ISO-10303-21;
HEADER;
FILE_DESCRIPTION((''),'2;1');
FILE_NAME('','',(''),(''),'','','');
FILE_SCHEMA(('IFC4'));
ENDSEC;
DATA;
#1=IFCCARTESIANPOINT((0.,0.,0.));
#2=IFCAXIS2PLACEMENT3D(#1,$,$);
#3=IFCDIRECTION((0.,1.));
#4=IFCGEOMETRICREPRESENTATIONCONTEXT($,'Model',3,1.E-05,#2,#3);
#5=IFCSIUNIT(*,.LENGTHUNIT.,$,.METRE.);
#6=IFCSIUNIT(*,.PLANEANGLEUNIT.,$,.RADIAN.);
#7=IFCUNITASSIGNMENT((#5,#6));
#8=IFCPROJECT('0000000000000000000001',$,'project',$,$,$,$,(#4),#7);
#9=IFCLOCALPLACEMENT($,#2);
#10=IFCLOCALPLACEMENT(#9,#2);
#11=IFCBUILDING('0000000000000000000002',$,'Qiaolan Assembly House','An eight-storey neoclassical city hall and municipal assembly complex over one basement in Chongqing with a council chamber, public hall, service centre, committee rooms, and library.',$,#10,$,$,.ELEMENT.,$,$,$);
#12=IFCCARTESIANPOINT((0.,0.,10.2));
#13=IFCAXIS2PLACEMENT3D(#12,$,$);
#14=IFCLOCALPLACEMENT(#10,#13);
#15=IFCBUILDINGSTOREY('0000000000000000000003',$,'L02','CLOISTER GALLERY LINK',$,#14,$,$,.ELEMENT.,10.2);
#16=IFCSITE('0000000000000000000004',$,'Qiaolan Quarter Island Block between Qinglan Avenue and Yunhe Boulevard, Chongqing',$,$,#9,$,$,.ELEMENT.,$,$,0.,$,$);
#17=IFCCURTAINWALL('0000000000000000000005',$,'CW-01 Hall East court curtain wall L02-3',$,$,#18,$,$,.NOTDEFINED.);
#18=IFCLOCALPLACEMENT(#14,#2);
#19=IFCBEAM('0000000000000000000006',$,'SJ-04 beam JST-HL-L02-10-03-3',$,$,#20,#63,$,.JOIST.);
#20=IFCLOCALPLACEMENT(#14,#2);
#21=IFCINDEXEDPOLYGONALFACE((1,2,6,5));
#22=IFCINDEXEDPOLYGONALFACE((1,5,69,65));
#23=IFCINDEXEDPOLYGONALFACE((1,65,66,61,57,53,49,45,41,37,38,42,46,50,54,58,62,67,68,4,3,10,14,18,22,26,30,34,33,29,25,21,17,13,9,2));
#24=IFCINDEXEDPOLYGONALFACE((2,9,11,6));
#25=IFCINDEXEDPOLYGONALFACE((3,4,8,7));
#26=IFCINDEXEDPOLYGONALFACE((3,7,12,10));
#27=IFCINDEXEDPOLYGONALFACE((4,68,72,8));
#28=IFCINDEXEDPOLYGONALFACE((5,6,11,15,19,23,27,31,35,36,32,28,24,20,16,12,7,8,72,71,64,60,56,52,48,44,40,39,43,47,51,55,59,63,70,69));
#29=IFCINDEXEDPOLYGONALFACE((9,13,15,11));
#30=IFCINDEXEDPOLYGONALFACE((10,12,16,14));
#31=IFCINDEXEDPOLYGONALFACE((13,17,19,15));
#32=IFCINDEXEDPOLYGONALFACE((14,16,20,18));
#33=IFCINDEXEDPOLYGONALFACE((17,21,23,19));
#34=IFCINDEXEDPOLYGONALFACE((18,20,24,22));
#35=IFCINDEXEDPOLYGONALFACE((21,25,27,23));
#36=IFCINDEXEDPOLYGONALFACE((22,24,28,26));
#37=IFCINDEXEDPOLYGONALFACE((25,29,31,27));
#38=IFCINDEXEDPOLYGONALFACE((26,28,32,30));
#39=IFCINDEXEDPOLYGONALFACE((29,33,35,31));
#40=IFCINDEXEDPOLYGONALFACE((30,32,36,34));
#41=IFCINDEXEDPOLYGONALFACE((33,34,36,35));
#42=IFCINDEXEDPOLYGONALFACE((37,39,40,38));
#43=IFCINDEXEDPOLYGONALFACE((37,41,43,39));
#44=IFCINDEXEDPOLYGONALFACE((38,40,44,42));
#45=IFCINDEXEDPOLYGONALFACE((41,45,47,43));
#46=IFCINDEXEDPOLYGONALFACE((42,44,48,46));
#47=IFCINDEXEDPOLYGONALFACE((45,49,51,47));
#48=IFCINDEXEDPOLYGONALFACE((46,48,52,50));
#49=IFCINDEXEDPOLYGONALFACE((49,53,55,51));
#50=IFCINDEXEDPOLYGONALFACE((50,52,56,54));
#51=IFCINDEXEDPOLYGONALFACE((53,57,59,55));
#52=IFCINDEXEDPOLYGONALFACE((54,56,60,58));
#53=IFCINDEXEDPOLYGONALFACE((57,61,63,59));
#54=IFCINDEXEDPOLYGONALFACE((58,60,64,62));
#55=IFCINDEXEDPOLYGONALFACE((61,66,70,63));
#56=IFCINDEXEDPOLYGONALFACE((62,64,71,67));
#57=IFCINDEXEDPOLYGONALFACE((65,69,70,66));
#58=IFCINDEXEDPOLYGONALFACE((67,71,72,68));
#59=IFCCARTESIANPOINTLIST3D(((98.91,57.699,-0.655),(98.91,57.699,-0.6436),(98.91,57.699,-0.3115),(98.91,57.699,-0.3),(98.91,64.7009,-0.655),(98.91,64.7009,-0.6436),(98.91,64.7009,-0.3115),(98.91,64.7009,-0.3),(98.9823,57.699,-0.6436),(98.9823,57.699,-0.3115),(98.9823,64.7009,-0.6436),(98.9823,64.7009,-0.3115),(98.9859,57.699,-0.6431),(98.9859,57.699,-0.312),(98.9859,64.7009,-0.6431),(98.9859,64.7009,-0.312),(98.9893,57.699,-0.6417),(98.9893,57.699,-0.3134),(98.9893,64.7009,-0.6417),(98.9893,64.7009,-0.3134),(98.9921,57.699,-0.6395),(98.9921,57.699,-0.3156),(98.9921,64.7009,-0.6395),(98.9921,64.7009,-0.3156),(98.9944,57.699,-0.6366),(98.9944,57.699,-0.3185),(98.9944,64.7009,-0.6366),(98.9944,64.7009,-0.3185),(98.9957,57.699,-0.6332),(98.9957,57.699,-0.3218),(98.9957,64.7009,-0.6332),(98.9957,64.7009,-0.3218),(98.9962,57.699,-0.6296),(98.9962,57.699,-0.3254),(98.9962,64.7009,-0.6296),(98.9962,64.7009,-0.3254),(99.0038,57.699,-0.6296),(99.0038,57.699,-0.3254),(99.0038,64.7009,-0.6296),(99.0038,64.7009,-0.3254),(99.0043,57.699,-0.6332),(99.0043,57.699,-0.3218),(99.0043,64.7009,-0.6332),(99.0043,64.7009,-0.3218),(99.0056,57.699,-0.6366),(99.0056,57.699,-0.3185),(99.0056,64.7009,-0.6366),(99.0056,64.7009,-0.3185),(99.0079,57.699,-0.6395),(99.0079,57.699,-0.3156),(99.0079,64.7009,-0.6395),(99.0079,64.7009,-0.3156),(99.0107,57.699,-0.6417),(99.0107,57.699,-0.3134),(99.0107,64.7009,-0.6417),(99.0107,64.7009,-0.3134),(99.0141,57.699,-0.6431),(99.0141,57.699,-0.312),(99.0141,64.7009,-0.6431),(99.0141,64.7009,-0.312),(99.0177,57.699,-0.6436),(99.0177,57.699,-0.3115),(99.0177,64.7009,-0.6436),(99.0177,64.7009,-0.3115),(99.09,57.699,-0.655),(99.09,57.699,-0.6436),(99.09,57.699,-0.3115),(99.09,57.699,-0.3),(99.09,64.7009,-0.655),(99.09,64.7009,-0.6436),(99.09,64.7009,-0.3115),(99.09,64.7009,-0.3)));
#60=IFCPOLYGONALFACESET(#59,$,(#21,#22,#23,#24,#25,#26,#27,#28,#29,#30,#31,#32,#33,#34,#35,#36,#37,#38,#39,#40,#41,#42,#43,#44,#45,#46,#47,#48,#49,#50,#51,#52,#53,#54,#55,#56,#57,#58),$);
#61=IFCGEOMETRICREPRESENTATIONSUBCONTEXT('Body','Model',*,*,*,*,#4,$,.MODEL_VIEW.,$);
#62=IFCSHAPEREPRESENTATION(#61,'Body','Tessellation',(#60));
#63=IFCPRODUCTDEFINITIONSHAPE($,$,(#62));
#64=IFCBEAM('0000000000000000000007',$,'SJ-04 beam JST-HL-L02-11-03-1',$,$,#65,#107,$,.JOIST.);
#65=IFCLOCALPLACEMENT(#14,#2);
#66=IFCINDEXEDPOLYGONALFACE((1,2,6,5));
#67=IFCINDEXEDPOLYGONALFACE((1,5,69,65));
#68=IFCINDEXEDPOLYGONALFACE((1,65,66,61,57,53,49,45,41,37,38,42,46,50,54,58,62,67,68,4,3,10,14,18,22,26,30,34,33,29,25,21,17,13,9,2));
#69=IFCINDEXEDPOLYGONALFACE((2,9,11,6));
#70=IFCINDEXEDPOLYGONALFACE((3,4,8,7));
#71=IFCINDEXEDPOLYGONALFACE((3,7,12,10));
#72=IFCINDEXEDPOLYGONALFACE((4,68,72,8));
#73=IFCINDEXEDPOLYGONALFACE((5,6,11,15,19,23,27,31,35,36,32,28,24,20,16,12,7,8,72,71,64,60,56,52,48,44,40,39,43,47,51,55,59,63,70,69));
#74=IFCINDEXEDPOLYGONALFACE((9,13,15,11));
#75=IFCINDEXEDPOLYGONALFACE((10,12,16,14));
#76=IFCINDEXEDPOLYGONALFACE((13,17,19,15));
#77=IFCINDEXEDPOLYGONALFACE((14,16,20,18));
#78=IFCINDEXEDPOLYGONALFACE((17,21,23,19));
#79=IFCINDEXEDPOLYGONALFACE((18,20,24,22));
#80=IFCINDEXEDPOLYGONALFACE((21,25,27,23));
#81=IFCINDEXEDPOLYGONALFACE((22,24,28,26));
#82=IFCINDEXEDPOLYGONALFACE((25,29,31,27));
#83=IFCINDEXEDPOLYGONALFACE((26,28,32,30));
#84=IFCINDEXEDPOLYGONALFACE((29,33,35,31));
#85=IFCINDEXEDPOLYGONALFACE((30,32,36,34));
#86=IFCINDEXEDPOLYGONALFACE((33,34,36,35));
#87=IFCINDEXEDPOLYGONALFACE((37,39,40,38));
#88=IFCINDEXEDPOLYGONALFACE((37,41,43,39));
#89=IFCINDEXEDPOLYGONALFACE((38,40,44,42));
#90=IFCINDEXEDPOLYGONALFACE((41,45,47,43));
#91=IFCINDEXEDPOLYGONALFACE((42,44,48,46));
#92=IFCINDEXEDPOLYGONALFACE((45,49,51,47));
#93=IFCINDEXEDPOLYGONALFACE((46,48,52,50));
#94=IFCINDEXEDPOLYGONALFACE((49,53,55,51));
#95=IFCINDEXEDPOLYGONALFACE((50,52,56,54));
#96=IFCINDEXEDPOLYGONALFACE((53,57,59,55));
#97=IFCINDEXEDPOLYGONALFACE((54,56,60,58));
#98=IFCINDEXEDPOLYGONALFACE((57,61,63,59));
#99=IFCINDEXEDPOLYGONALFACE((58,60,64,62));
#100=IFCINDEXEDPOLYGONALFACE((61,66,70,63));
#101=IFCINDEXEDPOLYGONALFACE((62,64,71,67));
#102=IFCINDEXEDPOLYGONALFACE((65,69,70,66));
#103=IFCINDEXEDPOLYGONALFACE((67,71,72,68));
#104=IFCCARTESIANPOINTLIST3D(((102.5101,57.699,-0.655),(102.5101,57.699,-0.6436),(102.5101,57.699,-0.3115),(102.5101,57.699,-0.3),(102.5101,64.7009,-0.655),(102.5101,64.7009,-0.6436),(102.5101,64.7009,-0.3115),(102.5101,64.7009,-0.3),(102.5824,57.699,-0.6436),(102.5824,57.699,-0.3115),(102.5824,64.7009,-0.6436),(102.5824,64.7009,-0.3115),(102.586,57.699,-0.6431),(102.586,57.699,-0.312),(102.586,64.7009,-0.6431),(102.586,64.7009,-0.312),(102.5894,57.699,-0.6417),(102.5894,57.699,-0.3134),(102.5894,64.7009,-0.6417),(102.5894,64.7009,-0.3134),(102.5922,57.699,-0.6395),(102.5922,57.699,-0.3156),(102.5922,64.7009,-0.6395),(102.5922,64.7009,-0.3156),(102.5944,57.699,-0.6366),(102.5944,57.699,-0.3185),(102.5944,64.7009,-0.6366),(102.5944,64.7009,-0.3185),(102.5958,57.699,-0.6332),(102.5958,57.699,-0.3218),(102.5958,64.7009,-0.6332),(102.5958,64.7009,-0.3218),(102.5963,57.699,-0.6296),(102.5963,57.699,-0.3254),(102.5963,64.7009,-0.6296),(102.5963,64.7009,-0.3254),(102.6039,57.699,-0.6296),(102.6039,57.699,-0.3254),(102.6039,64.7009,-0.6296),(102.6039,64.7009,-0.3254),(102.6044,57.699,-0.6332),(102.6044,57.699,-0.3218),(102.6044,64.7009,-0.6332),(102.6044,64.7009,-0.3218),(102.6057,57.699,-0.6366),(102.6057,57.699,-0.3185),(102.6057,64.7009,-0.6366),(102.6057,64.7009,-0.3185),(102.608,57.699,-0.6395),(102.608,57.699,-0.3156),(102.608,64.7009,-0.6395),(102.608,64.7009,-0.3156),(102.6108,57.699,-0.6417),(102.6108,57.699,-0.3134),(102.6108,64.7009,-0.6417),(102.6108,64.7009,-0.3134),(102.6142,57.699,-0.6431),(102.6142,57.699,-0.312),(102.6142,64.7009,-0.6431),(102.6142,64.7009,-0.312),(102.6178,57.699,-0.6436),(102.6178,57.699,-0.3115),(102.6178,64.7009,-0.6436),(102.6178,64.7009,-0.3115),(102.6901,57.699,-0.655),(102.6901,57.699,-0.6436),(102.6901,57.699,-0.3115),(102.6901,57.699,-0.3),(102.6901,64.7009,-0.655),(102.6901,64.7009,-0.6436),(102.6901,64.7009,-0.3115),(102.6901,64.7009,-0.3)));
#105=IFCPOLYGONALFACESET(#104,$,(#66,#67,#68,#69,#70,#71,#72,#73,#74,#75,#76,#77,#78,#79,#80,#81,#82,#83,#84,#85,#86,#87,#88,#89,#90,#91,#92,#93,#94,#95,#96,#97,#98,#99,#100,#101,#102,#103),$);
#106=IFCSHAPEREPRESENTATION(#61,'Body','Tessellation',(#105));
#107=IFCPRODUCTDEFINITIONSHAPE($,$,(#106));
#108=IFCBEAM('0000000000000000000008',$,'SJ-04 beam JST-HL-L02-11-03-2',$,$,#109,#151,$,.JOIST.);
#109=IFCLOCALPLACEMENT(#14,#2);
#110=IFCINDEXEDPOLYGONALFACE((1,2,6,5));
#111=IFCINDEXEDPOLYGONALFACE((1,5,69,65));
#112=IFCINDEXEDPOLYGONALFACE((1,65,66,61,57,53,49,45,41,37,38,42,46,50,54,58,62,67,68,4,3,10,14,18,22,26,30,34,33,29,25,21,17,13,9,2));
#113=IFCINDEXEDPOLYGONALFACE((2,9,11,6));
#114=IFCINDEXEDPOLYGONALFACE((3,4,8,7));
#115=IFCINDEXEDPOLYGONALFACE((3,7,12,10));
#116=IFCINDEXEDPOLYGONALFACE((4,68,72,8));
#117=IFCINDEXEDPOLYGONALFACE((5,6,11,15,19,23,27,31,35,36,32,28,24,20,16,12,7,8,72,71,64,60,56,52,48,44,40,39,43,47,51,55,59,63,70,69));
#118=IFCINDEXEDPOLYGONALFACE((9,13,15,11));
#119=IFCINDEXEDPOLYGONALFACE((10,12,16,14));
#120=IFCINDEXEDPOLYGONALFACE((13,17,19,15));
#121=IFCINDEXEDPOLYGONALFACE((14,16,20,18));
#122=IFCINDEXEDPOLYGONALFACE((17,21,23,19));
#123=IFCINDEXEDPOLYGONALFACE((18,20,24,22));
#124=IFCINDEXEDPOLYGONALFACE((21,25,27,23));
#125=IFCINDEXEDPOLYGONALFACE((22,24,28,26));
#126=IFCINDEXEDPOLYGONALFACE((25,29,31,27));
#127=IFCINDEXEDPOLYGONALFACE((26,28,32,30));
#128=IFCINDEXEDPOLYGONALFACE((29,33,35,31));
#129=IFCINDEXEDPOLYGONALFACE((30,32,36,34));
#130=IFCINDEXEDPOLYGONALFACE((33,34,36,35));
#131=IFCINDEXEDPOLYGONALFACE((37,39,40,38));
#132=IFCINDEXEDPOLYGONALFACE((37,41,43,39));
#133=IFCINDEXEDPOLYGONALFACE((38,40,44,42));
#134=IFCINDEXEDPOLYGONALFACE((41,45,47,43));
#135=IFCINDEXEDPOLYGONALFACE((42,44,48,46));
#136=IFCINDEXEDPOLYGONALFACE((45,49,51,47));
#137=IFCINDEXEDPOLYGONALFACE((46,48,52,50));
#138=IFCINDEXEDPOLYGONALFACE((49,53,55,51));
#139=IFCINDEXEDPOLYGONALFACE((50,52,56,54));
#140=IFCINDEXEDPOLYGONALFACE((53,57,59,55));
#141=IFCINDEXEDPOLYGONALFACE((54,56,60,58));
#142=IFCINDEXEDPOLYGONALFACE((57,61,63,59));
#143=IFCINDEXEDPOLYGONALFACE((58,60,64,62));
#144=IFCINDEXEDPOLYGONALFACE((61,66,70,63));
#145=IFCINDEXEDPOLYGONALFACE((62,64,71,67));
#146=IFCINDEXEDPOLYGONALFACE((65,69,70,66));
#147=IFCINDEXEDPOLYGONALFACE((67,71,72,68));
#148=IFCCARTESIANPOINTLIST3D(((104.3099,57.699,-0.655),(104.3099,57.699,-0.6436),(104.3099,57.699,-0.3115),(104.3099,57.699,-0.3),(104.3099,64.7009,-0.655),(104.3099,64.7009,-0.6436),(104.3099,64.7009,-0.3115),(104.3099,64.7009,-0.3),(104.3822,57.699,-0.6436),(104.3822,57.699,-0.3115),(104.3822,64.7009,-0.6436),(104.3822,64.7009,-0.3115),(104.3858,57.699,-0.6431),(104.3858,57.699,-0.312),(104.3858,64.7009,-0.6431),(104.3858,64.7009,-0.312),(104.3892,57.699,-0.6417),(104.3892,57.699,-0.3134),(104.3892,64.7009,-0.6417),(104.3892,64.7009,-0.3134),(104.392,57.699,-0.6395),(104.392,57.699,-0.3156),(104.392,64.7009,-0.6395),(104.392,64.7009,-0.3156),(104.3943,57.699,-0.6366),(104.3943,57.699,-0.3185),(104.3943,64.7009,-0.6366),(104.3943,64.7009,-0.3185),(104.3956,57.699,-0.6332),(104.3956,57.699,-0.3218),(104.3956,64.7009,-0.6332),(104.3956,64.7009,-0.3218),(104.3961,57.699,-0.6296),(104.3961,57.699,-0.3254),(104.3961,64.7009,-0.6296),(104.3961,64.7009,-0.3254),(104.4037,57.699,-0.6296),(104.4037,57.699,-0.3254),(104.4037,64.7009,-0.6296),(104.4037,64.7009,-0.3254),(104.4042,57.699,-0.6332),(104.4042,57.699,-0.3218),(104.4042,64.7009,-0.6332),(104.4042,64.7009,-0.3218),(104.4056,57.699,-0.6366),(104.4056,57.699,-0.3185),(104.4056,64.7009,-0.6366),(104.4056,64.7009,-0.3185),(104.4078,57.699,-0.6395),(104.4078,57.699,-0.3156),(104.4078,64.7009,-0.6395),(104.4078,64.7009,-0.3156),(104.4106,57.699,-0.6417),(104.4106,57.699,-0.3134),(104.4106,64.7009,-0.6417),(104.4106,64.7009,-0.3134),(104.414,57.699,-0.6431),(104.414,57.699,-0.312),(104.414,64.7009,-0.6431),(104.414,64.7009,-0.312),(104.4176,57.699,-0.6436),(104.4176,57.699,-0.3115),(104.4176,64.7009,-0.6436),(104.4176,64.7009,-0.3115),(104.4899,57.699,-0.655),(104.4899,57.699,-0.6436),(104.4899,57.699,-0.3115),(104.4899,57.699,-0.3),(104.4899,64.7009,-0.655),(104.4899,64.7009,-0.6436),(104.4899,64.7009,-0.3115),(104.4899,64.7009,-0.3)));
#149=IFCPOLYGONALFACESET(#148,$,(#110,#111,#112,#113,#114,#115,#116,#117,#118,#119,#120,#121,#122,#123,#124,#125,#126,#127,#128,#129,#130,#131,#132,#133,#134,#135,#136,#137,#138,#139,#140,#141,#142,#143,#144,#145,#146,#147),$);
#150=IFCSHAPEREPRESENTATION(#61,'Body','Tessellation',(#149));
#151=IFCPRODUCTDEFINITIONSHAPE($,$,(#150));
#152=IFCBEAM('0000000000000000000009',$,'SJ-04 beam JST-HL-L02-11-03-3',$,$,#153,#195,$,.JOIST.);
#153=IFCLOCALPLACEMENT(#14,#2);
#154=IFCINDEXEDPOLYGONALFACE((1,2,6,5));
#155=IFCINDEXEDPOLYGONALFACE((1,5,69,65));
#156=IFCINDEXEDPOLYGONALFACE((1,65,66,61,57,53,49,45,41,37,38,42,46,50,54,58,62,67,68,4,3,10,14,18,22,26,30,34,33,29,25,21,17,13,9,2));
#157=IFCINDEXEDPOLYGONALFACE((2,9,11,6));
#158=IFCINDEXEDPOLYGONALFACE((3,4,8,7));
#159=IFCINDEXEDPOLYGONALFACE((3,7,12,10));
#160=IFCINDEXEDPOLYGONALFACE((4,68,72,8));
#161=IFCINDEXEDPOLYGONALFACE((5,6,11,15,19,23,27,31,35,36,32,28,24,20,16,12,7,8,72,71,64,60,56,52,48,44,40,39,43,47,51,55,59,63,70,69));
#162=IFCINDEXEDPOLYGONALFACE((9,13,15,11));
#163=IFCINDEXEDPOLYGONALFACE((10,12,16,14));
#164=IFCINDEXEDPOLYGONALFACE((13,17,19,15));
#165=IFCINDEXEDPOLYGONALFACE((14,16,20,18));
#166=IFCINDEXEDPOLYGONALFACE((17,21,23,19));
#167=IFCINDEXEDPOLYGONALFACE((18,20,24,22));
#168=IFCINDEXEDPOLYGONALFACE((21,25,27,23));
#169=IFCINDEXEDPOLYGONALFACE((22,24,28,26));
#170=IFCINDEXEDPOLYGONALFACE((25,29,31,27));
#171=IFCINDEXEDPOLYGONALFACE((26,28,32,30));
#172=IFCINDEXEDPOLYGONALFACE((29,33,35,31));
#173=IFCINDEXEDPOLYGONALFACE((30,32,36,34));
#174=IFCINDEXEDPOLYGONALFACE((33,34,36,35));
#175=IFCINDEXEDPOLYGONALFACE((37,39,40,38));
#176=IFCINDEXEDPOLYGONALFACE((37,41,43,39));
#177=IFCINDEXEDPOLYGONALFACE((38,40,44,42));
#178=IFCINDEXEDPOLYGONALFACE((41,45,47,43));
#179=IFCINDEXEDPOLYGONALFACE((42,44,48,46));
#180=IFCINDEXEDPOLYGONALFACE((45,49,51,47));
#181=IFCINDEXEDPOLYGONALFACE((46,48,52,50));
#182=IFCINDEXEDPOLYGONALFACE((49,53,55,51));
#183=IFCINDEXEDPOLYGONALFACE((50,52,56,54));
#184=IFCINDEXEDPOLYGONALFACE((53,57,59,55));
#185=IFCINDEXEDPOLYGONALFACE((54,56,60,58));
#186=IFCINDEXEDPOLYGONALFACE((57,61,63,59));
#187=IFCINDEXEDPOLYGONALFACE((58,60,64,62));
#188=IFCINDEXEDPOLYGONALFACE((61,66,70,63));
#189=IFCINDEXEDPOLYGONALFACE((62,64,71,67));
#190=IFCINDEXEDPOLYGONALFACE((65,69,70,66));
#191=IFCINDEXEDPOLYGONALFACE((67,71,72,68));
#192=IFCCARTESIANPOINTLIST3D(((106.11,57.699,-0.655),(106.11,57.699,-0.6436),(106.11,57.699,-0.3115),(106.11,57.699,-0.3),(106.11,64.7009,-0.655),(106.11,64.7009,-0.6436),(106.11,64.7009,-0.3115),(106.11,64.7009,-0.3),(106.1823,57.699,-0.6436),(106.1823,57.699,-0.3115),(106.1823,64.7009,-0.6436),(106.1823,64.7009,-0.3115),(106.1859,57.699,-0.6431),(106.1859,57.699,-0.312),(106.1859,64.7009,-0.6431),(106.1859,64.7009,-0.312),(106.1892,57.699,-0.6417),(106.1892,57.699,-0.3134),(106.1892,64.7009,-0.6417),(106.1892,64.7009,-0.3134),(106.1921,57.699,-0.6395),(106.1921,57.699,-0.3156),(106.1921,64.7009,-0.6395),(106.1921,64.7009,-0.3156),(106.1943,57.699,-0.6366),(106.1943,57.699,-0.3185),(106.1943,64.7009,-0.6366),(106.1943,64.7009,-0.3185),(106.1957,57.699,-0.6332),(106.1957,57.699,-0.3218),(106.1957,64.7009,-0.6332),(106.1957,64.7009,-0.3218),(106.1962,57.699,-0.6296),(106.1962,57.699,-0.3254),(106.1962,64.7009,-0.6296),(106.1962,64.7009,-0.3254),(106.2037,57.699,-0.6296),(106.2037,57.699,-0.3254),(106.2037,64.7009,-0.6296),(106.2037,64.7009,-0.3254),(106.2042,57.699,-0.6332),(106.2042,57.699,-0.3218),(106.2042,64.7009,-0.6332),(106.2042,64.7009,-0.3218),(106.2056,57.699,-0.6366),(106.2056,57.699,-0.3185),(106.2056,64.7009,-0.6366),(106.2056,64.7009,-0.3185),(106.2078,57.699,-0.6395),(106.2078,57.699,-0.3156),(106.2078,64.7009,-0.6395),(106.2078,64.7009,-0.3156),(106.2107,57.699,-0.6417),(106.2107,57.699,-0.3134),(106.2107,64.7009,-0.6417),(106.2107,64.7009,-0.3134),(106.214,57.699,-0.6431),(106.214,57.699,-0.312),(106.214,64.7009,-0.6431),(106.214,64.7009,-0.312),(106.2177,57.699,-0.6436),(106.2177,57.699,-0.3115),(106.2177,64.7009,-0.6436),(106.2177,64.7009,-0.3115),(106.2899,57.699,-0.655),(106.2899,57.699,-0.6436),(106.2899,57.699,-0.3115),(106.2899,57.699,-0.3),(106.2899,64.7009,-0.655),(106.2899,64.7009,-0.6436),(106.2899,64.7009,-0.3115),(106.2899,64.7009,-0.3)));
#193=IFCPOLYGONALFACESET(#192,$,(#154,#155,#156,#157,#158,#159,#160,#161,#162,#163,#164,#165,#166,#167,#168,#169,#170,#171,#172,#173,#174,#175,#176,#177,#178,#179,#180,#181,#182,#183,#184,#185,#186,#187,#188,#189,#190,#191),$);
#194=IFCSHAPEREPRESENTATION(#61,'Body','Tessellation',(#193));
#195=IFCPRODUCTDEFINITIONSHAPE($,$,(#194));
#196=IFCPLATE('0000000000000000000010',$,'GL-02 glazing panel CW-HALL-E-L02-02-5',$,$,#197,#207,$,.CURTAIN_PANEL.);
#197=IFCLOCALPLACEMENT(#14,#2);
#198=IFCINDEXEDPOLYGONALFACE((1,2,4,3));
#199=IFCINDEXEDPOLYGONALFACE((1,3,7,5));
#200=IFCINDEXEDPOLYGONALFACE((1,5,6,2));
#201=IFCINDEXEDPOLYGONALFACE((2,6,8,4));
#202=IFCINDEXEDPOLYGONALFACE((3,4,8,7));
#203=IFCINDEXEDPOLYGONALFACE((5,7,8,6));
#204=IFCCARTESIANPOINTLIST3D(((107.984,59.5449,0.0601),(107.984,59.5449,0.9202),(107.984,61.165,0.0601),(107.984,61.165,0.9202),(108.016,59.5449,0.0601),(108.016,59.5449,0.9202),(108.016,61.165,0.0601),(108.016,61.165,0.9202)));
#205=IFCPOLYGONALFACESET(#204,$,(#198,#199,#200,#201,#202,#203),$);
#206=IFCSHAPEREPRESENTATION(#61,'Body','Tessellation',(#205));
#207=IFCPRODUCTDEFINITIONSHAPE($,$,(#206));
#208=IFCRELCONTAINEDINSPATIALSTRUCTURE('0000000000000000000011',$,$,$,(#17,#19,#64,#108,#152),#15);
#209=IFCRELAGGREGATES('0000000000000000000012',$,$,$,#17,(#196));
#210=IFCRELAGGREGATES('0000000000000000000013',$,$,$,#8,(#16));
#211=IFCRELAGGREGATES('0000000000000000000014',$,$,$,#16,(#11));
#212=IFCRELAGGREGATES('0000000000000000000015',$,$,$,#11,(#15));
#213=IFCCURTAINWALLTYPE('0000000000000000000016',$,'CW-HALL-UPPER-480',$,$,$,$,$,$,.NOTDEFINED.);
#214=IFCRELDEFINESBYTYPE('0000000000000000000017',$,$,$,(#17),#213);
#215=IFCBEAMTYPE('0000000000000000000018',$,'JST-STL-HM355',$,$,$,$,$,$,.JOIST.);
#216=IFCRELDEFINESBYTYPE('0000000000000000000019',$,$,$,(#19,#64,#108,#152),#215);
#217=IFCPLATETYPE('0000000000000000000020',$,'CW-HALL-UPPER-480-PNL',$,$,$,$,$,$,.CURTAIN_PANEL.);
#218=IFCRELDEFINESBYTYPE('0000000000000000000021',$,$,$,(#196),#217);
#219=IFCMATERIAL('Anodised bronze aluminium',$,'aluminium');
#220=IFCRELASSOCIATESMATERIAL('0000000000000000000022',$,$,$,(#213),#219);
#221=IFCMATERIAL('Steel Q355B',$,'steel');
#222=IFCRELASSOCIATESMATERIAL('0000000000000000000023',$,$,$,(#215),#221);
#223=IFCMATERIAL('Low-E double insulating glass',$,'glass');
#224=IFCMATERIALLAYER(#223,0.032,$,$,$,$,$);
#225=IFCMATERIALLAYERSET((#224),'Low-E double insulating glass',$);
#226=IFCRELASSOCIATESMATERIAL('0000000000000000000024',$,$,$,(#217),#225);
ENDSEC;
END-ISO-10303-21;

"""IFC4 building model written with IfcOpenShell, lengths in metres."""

from ifc_helpers import new_model, si_unit, direction, frame, frame_2d, origin, origin_2d, place, context, subcontext, project, spatial, rectangle, i_section, extrude, material, layer, layer_set, material_profile, profile_set, type_object, element, aggregate, save


model = new_model("IFC4")

# Units and contexts
model_context = context("Model", 3, precision=1e-05, world=origin(), true_north=direction((0.0, 1.0)))
body_context = subcontext(model_context, "Body", "Model", "MODEL_VIEW")
ifc_project = project(units=[si_unit("LENGTHUNIT", "METRE"), si_unit("PLANEANGLEUNIT", "RADIAN")], contexts=[model_context])

# Site, building, storey
site_placement = place(None, origin())
site = spatial("IfcSite", under=ifc_project, at=site_placement, Name="Qiaolan Quarter Island Block between Qinglan Avenue and Yunhe Boulevard, Chongqing", CompositionType="ELEMENT", RefElevation=0.0)
building_placement = place(site_placement, origin())
building = spatial("IfcBuilding", under=site, at=building_placement, Name="Qiaolan Assembly House", Description="An eight-storey neoclassical city hall and municipal assembly complex over one basement in Chongqing with a council chamber, public hall, service centre, committee rooms, and library.", CompositionType="ELEMENT")
storey_placement = place(building_placement, frame((0.0, 0.0, 10.2)))
storey = spatial("IfcBuildingStorey", under=building, at=storey_placement, Name="L02", Description="CLOISTER GALLERY LINK", CompositionType="ELEMENT", Elevation=10.2)

# Shared definitions
ifc_material_1 = material(Name="Steel Q355B", Category="steel")

# Curtain wall
ifc_material_2 = material(Name="Anodised bronze aluminium", Category="aluminium")
curtain_wall_type = type_object("IfcCurtainWallType", Name="CW-HALL-UPPER-480", PredefinedType="NOTDEFINED", material=ifc_material_2)
curtain_wall_placement = place(storey_placement, origin())
curtain_wall = element("IfcCurtainWall", 1, at=curtain_wall_placement, inside=storey, type_object=curtain_wall_type, Name="CW-01 Hall East court curtain wall L02-3", PredefinedType="NOTDEFINED")

# Beams
ifc_material_profile_1 = material_profile(ifc_material_1, i_section(OverallWidth=0.1799, OverallDepth=0.355, WebThickness=0.0076, FlangeThickness=0.0115, FilletRadius=0.0139, at=origin_2d()), Name="HM 355x180x7.5x11.5")
ifc_profile_set_1 = profile_set([ifc_material_profile_1], Name="Steel Q355B")
beam_type_1 = type_object("IfcBeamType", Name="JST-STL-HM355", PredefinedType="JOIST", material=ifc_profile_set_1)
for number, where, z_axis, x_axis, name in (
    (2, (99.0, 57.699, -0.4775), (0.0, 1.0, 0.0), (-1.0, 0.0, 0.0), "SJ-04 beam JST-HL-L02-10-03-3"),
    (3, (102.6001, 57.699, -0.4775), (0.0, 1.0, 0.0), (-1.0, 0.0, 0.0), "SJ-04 beam JST-HL-L02-11-03-1"),
    (4, (104.3999, 57.699, -0.4775), (0.0, 1.0, 0.0), (-1.0, 0.0, 0.0), "SJ-04 beam JST-HL-L02-11-03-2"),
    (5, (106.2, 57.699, -0.4775), (0.0, 1.0, 0.0), (-1.0, 0.0, 0.0), "SJ-04 beam JST-HL-L02-11-03-3"),
):
    element("IfcBeam", number, at=place(storey_placement, frame(where, z_axis=z_axis, x_axis=x_axis)), inside=storey, type_object=beam_type_1, Name=name, PredefinedType="JOIST", context=body_context, shape_type="SweptSolid", body=[
        extrude(i_section(OverallWidth=0.1799, OverallDepth=0.355, WebThickness=0.0076, FlangeThickness=0.0115, FilletRadius=0.0139, at=origin_2d()), origin(), (0.0, 0.0, 1.0), 7.002),
    ])

# Plate
ifc_material_3 = material(Name="Low-E double insulating glass", Category="glass")
ifc_layer = layer(ifc_material_3, 0.032)
ifc_layer_set = layer_set([ifc_layer], Name="Low-E double insulating glass")
plate_type = type_object("IfcPlateType", Name="CW-HALL-UPPER-480-PNL", PredefinedType="CURTAIN_PANEL", material=ifc_layer_set)
plate_1_placement = place(storey_placement, frame((108.0, 61.165, 0.0601), z_axis=(0.0, 0.0, 1.0), x_axis=(0.0, -1.0, 0.0)))
plate_1 = element("IfcPlate", 6, at=plate_1_placement, type_object=plate_type, Name="GL-02 glazing panel CW-HALL-E-L02-02-5", PredefinedType="CURTAIN_PANEL", context=body_context, shape_type="SweptSolid", body=[
    extrude(rectangle(XDim=1.6201, YDim=0.032, at=frame_2d((0.8101, 0.0))), origin(), (0.0, 0.0, 1.0), 0.8601),
])
aggregate(curtain_wall, [plate_1])

save(model, "model.ifc")
